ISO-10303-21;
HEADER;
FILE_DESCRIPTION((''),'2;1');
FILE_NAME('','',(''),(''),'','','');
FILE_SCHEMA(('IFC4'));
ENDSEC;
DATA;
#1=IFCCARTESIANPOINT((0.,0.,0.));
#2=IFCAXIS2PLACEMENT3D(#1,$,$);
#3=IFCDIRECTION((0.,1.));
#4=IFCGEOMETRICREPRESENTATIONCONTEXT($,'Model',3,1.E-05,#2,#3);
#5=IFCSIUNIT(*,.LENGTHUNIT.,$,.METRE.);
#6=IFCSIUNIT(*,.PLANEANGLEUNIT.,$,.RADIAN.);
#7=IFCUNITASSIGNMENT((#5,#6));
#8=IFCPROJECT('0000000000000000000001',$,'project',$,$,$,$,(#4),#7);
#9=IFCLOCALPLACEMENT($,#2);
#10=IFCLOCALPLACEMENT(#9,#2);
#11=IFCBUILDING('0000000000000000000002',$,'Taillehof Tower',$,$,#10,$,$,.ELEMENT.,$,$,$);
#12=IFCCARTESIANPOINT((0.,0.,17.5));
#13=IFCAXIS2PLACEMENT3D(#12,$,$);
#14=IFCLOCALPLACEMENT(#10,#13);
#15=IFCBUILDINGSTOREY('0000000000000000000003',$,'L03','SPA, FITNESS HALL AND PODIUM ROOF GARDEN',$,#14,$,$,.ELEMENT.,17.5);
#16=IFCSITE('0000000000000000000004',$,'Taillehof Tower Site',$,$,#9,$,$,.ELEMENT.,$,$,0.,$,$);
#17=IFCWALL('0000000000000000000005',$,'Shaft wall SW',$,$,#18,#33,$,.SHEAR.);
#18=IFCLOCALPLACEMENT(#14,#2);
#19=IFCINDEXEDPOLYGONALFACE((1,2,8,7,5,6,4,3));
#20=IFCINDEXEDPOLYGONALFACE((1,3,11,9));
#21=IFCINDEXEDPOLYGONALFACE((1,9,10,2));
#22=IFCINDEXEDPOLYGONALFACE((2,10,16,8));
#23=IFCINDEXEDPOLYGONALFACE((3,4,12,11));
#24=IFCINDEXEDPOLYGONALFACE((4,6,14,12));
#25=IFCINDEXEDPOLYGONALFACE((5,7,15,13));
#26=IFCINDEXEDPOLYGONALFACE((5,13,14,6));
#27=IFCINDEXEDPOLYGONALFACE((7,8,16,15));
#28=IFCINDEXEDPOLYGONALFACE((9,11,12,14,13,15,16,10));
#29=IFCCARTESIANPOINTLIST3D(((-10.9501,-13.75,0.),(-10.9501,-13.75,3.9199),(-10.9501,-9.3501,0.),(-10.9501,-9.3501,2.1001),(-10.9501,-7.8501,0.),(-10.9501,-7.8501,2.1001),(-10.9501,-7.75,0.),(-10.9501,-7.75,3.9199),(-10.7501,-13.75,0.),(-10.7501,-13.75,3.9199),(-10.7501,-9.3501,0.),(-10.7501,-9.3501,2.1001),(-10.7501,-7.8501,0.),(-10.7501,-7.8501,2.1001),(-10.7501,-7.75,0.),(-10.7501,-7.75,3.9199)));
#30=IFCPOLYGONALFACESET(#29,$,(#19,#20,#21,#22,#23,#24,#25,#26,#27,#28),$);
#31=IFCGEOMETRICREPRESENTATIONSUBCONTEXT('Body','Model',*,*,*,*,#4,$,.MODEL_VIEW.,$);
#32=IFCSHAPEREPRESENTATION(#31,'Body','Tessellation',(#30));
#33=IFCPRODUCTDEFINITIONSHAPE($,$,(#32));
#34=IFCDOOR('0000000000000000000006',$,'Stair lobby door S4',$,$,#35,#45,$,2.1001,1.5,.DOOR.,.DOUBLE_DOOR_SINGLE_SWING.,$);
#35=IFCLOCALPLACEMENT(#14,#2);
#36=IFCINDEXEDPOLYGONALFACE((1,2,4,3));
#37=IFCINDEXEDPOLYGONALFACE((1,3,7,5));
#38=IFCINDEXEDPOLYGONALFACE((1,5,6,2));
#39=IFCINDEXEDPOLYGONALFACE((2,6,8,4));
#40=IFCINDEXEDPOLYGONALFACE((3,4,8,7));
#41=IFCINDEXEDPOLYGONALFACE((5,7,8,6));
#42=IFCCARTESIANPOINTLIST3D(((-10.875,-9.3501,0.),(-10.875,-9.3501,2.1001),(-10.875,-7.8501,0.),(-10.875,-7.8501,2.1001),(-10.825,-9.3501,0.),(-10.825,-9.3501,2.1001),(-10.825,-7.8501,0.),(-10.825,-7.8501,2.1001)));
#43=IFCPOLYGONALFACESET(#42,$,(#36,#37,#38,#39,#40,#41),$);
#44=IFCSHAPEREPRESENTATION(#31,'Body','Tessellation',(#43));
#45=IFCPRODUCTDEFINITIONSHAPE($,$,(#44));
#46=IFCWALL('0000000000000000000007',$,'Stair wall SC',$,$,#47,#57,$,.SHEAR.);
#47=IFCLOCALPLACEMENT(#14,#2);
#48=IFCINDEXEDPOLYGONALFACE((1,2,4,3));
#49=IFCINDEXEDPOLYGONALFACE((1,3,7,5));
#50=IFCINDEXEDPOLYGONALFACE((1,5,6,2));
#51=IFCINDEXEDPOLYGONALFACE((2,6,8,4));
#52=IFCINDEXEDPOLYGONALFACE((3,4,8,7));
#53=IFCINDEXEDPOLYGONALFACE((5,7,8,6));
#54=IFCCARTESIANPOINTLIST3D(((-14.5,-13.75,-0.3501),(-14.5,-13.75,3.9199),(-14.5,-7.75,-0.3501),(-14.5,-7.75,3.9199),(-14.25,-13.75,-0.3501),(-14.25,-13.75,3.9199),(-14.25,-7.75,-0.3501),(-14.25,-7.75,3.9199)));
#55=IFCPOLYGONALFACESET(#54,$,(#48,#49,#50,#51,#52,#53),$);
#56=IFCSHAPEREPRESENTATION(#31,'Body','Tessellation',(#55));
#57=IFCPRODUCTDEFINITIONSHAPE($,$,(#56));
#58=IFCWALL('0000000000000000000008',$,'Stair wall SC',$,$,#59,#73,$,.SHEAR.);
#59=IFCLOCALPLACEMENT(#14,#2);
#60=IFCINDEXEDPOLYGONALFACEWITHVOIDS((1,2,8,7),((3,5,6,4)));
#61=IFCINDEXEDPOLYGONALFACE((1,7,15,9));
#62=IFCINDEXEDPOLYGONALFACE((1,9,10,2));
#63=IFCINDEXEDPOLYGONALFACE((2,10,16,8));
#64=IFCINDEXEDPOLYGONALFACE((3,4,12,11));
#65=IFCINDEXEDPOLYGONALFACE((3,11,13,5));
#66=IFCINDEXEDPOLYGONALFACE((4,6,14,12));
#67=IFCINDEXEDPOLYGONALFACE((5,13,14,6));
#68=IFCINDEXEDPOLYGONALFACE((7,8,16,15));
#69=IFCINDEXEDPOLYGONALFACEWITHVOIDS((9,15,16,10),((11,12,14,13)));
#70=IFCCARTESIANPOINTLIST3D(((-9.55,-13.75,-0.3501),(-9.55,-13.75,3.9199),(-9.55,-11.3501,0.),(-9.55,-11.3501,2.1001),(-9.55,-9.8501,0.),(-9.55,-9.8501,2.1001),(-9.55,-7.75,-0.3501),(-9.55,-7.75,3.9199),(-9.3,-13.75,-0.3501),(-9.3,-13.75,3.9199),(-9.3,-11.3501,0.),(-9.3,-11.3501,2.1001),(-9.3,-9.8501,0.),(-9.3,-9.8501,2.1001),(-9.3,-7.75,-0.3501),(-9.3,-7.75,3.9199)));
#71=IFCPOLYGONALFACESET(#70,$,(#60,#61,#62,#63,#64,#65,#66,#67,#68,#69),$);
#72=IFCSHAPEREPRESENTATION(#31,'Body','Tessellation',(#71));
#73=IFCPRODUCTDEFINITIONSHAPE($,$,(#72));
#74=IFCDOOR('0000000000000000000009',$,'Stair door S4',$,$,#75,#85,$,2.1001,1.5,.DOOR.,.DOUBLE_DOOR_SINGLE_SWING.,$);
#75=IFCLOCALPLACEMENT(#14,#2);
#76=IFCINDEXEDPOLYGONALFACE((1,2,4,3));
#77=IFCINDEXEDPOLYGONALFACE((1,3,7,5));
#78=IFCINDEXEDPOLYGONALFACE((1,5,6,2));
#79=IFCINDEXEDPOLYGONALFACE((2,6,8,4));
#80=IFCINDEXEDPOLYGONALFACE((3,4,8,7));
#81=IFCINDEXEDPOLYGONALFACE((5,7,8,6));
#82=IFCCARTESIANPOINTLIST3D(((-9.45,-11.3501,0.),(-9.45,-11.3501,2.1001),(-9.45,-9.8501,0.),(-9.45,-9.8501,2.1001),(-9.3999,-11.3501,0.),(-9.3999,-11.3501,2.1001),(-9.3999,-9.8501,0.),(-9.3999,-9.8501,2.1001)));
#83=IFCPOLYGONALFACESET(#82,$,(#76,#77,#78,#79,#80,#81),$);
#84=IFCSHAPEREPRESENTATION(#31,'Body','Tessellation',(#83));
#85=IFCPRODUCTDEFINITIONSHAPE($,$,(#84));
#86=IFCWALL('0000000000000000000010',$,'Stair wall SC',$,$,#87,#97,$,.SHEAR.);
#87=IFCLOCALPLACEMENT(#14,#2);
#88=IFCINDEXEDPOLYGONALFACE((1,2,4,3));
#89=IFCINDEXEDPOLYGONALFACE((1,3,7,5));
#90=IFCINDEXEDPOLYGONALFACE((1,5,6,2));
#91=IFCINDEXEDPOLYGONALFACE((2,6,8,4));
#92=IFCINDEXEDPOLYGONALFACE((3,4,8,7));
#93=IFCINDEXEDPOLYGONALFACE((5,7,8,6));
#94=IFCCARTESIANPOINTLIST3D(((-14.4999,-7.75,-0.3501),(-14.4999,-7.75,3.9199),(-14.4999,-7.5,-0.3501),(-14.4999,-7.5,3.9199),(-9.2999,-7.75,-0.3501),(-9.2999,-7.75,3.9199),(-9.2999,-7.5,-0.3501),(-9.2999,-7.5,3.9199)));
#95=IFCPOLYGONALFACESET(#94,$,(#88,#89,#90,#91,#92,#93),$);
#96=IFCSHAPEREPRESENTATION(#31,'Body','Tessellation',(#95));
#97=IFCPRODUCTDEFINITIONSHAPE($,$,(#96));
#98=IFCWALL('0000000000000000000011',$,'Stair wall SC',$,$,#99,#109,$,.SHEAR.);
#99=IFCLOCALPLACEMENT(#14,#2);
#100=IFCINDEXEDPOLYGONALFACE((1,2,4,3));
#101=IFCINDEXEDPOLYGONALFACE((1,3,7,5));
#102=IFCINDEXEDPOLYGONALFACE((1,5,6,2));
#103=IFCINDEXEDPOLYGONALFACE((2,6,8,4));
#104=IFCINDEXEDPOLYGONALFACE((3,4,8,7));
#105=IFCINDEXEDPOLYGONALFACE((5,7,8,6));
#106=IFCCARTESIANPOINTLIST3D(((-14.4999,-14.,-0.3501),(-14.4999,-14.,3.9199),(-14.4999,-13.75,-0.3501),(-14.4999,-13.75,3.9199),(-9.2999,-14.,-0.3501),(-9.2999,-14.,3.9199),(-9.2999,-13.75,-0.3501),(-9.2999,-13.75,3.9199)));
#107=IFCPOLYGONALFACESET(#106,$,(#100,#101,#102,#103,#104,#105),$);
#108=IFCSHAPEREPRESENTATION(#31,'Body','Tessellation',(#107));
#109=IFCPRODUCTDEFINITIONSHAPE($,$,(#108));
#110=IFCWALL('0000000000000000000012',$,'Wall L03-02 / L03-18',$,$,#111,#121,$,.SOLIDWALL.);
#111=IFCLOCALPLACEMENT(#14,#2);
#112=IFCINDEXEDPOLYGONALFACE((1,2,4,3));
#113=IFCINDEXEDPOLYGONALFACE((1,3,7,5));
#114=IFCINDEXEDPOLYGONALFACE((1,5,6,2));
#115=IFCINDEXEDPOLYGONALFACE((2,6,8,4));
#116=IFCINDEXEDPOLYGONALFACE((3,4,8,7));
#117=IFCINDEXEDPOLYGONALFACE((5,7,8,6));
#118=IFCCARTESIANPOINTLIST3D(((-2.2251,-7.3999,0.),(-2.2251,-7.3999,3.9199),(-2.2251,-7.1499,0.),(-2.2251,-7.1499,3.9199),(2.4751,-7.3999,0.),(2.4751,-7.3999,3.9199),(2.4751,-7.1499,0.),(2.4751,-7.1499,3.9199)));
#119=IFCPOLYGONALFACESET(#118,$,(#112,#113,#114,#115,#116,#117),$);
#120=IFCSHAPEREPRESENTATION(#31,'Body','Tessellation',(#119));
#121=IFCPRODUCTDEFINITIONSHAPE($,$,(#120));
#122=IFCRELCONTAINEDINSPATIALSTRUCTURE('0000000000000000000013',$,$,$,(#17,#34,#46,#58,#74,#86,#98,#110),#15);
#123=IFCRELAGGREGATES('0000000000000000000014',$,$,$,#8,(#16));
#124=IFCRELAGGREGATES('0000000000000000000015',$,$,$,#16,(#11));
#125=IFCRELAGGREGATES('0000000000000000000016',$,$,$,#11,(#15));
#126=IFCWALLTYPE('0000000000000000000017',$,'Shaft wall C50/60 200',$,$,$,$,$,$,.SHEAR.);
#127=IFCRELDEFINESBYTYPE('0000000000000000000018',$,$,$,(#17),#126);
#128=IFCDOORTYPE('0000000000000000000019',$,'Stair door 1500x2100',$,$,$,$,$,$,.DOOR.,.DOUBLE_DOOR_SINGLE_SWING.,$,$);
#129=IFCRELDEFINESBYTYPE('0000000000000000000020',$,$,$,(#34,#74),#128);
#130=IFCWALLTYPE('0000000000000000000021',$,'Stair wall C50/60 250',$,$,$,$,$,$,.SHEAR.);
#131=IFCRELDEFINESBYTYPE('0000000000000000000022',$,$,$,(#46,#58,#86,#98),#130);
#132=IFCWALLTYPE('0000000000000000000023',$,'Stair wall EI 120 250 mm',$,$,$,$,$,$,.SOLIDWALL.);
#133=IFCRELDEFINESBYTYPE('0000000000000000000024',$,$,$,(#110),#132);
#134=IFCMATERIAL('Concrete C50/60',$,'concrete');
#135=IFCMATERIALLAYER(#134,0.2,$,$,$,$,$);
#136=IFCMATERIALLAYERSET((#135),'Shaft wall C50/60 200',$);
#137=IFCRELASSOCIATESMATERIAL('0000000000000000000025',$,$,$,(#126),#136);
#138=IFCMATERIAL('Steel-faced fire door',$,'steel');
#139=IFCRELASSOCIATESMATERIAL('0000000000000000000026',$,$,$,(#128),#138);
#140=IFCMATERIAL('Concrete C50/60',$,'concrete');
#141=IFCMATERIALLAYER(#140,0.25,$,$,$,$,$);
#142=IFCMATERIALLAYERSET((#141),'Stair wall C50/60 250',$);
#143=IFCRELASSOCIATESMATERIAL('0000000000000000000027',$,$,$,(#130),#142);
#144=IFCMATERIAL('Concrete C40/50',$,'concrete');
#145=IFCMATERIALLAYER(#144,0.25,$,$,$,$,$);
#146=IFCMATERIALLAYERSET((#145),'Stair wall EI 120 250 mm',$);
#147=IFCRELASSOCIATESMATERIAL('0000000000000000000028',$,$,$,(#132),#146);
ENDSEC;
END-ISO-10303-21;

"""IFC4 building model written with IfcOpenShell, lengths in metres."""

from ifc_helpers import new_model, si_unit, direction, frame, frame_2d, origin, place, context, subcontext, project, spatial, rectangle, extrude, material, layer, layer_set, type_object, element, fill, save


model = new_model("IFC4")

# Units and contexts
model_context = context("Model", 3, precision=1e-05, world=origin(), true_north=direction((0.0, 1.0)))
body_context = subcontext(model_context, "Body", "Model", "MODEL_VIEW")
ifc_project = project(units=[si_unit("LENGTHUNIT", "METRE"), si_unit("PLANEANGLEUNIT", "RADIAN")], contexts=[model_context])

# Site, building, storey
site_placement = place(None, origin())
site = spatial("IfcSite", under=ifc_project, at=site_placement, Name="Taillehof Tower Site", CompositionType="ELEMENT", RefElevation=0.0)
building_placement = place(site_placement, origin())
building = spatial("IfcBuilding", under=site, at=building_placement, Name="Taillehof Tower", CompositionType="ELEMENT")
storey_placement = place(building_placement, frame((0.0, 0.0, 17.5)))
storey = spatial("IfcBuildingStorey", under=building, at=storey_placement, Name="L03", Description="SPA, FITNESS HALL AND PODIUM ROOF GARDEN", CompositionType="ELEMENT", Elevation=17.5)

# Wall, opening, door
ifc_material_1 = material(Name="Concrete C50/60", Category="concrete")
ifc_layer_1 = layer(ifc_material_1, 0.2)
ifc_layer_set_1 = layer_set([ifc_layer_1], Name="Shaft wall C50/60 200")
wall_type_1 = type_object("IfcWallType", Name="Shaft wall C50/60 200", PredefinedType="SHEAR", material=ifc_layer_set_1)
wall_1_placement = place(storey_placement, frame((-10.8501, -13.75, 0.0), z_axis=(0.0, 0.0, 1.0), x_axis=(0.0, 1.0, 0.0)))
wall_1 = element("IfcWall", 1, at=wall_1_placement, inside=storey, type_object=wall_type_1, Name="Shaft wall SW", PredefinedType="SHEAR", context=body_context, shape_type="SweptSolid", body=[
    extrude(rectangle(XDim=6.0, YDim=0.2, at=frame_2d((3.0, 0.0))), origin(), (0.0, 0.0, 1.0), 3.9199),
])
opening_1_placement = place(wall_1_placement, frame((4.3999, 0.0, 0.0)))
opening_1 = element("IfcOpeningElement", 2, at=opening_1_placement, cuts=wall_1, PredefinedType="OPENING", context=body_context, shape_type="SweptSolid", body=[
    extrude(rectangle(XDim=1.5, YDim=2.1001, at=frame_2d((0.75, 1.05))), frame((0.0, 0.1099, 0.0), z_axis=(0.0, -1.0, 0.0), x_axis=(1.0, 0.0, 0.0)), (0.0, 0.0, 1.0), 0.22),
])
ifc_material_2 = material(Name="Steel-faced fire door", Category="steel")
door_type_1 = type_object("IfcDoorType", Name="Stair door 1500x2100", OperationType="DOUBLE_DOOR_SINGLE_SWING", PredefinedType="DOOR", material=ifc_material_2)
door_1_placement = place(opening_1_placement, origin())
door_1 = element("IfcDoor", 3, at=door_1_placement, inside=storey, type_object=door_type_1, Name="Stair lobby door S4", OperationType="DOUBLE_DOOR_SINGLE_SWING", OverallHeight=2.1001, OverallWidth=1.5, PredefinedType="DOOR", context=body_context, shape_type="SweptSolid", body=[
    extrude(rectangle(XDim=1.5, YDim=2.1001, at=frame_2d((0.75, 1.05))), frame((0.0, 0.0249, 0.0), z_axis=(0.0, -1.0, 0.0), x_axis=(1.0, 0.0, 0.0)), (0.0, 0.0, 1.0), 0.05),
])
fill(opening_1, door_1)

# Wall
ifc_material_3 = material(Name="Concrete C50/60", Category="concrete")
ifc_layer_2 = layer(ifc_material_3, 0.25)
ifc_layer_set_2 = layer_set([ifc_layer_2], Name="Stair wall C50/60 250")
wall_type_2 = type_object("IfcWallType", Name="Stair wall C50/60 250", PredefinedType="SHEAR", material=ifc_layer_set_2)
wall_2_placement = place(storey_placement, frame((-14.375, -13.75, -0.3501), z_axis=(0.0, 0.0, 1.0), x_axis=(0.0, 1.0, 0.0)))
element("IfcWall", 4, at=wall_2_placement, inside=storey, type_object=wall_type_2, Name="Stair wall SC", PredefinedType="SHEAR", context=body_context, shape_type="SweptSolid", body=[
    extrude(rectangle(XDim=6.0, YDim=0.25, at=frame_2d((3.0, 0.0))), origin(), (0.0, 0.0, 1.0), 4.27),
])

# Wall, opening, door
wall_3_placement = place(storey_placement, frame((-9.425, -13.75, -0.3501), z_axis=(0.0, 0.0, 1.0), x_axis=(0.0, 1.0, 0.0)))
wall_3 = element("IfcWall", 5, at=wall_3_placement, inside=storey, type_object=wall_type_2, Name="Stair wall SC", PredefinedType="SHEAR", context=body_context, shape_type="SweptSolid", body=[
    extrude(rectangle(XDim=6.0, YDim=0.25, at=frame_2d((3.0, 0.0))), origin(), (0.0, 0.0, 1.0), 4.27),
])
opening_2_placement = place(wall_3_placement, frame((2.3999, 0.0, 0.3501)))
opening_2 = element("IfcOpeningElement", 6, at=opening_2_placement, cuts=wall_3, PredefinedType="OPENING", context=body_context, shape_type="SweptSolid", body=[
    extrude(rectangle(XDim=1.5, YDim=2.1001, at=frame_2d((0.75, 1.05))), frame((0.0, 0.135, 0.0), z_axis=(0.0, -1.0, 0.0), x_axis=(1.0, 0.0, 0.0)), (0.0, 0.0, 1.0), 0.27),
])
door_2_placement = place(opening_2_placement, origin())
door_2 = element("IfcDoor", 7, at=door_2_placement, inside=storey, type_object=door_type_1, Name="Stair door S4", OperationType="DOUBLE_DOOR_SINGLE_SWING", OverallHeight=2.1001, OverallWidth=1.5, PredefinedType="DOOR", context=body_context, shape_type="SweptSolid", body=[
    extrude(rectangle(XDim=1.5, YDim=2.1001, at=frame_2d((0.75, 1.05))), frame((0.0, 0.0249, 0.0), z_axis=(0.0, -1.0, 0.0), x_axis=(1.0, 0.0, 0.0)), (0.0, 0.0, 1.0), 0.05),
])
fill(opening_2, door_2)

# Walls
for number, where, z_axis, x_axis, name in (
    (8, (-14.5, -7.625, -0.3501), (0.0, 0.0, 1.0), (1.0, 0.0, 0.0), "Stair wall SC"),
    (9, (-14.5, -13.875, -0.3501), (0.0, 0.0, 1.0), (1.0, 0.0, 0.0), "Stair wall SC"),
):
    element("IfcWall", number, at=place(storey_placement, frame(where, z_axis=z_axis, x_axis=x_axis)), inside=storey, type_object=wall_type_2, Name=name, PredefinedType="SHEAR", context=body_context, shape_type="SweptSolid", body=[
        extrude(rectangle(XDim=5.2, YDim=0.25, at=frame_2d((2.6001, 0.0))), origin(), (0.0, 0.0, 1.0), 4.27),
    ])
ifc_material_4 = material(Name="Concrete C40/50", Category="concrete")
ifc_layer_3 = layer(ifc_material_4, 0.25)
ifc_layer_set_3 = layer_set([ifc_layer_3], Name="Stair wall EI 120 250 mm")
wall_type_3 = type_object("IfcWallType", Name="Stair wall EI 120 250 mm", PredefinedType="SOLIDWALL", material=ifc_layer_set_3)
wall_4_placement = place(storey_placement, frame((-2.2251, -7.2749, 0.0), z_axis=(0.0, 0.0, 1.0), x_axis=(1.0, 0.0, 0.0)))
element("IfcWall", 10, at=wall_4_placement, inside=storey, type_object=wall_type_3, Name="Wall L03-02 / L03-18", PredefinedType="SOLIDWALL", context=body_context, shape_type="SweptSolid", body=[
    extrude(rectangle(XDim=4.7002, YDim=0.25, at=frame_2d((2.3501, 0.0))), origin(), (0.0, 0.0, 1.0), 3.9199),
])

save(model, "model.ifc")
